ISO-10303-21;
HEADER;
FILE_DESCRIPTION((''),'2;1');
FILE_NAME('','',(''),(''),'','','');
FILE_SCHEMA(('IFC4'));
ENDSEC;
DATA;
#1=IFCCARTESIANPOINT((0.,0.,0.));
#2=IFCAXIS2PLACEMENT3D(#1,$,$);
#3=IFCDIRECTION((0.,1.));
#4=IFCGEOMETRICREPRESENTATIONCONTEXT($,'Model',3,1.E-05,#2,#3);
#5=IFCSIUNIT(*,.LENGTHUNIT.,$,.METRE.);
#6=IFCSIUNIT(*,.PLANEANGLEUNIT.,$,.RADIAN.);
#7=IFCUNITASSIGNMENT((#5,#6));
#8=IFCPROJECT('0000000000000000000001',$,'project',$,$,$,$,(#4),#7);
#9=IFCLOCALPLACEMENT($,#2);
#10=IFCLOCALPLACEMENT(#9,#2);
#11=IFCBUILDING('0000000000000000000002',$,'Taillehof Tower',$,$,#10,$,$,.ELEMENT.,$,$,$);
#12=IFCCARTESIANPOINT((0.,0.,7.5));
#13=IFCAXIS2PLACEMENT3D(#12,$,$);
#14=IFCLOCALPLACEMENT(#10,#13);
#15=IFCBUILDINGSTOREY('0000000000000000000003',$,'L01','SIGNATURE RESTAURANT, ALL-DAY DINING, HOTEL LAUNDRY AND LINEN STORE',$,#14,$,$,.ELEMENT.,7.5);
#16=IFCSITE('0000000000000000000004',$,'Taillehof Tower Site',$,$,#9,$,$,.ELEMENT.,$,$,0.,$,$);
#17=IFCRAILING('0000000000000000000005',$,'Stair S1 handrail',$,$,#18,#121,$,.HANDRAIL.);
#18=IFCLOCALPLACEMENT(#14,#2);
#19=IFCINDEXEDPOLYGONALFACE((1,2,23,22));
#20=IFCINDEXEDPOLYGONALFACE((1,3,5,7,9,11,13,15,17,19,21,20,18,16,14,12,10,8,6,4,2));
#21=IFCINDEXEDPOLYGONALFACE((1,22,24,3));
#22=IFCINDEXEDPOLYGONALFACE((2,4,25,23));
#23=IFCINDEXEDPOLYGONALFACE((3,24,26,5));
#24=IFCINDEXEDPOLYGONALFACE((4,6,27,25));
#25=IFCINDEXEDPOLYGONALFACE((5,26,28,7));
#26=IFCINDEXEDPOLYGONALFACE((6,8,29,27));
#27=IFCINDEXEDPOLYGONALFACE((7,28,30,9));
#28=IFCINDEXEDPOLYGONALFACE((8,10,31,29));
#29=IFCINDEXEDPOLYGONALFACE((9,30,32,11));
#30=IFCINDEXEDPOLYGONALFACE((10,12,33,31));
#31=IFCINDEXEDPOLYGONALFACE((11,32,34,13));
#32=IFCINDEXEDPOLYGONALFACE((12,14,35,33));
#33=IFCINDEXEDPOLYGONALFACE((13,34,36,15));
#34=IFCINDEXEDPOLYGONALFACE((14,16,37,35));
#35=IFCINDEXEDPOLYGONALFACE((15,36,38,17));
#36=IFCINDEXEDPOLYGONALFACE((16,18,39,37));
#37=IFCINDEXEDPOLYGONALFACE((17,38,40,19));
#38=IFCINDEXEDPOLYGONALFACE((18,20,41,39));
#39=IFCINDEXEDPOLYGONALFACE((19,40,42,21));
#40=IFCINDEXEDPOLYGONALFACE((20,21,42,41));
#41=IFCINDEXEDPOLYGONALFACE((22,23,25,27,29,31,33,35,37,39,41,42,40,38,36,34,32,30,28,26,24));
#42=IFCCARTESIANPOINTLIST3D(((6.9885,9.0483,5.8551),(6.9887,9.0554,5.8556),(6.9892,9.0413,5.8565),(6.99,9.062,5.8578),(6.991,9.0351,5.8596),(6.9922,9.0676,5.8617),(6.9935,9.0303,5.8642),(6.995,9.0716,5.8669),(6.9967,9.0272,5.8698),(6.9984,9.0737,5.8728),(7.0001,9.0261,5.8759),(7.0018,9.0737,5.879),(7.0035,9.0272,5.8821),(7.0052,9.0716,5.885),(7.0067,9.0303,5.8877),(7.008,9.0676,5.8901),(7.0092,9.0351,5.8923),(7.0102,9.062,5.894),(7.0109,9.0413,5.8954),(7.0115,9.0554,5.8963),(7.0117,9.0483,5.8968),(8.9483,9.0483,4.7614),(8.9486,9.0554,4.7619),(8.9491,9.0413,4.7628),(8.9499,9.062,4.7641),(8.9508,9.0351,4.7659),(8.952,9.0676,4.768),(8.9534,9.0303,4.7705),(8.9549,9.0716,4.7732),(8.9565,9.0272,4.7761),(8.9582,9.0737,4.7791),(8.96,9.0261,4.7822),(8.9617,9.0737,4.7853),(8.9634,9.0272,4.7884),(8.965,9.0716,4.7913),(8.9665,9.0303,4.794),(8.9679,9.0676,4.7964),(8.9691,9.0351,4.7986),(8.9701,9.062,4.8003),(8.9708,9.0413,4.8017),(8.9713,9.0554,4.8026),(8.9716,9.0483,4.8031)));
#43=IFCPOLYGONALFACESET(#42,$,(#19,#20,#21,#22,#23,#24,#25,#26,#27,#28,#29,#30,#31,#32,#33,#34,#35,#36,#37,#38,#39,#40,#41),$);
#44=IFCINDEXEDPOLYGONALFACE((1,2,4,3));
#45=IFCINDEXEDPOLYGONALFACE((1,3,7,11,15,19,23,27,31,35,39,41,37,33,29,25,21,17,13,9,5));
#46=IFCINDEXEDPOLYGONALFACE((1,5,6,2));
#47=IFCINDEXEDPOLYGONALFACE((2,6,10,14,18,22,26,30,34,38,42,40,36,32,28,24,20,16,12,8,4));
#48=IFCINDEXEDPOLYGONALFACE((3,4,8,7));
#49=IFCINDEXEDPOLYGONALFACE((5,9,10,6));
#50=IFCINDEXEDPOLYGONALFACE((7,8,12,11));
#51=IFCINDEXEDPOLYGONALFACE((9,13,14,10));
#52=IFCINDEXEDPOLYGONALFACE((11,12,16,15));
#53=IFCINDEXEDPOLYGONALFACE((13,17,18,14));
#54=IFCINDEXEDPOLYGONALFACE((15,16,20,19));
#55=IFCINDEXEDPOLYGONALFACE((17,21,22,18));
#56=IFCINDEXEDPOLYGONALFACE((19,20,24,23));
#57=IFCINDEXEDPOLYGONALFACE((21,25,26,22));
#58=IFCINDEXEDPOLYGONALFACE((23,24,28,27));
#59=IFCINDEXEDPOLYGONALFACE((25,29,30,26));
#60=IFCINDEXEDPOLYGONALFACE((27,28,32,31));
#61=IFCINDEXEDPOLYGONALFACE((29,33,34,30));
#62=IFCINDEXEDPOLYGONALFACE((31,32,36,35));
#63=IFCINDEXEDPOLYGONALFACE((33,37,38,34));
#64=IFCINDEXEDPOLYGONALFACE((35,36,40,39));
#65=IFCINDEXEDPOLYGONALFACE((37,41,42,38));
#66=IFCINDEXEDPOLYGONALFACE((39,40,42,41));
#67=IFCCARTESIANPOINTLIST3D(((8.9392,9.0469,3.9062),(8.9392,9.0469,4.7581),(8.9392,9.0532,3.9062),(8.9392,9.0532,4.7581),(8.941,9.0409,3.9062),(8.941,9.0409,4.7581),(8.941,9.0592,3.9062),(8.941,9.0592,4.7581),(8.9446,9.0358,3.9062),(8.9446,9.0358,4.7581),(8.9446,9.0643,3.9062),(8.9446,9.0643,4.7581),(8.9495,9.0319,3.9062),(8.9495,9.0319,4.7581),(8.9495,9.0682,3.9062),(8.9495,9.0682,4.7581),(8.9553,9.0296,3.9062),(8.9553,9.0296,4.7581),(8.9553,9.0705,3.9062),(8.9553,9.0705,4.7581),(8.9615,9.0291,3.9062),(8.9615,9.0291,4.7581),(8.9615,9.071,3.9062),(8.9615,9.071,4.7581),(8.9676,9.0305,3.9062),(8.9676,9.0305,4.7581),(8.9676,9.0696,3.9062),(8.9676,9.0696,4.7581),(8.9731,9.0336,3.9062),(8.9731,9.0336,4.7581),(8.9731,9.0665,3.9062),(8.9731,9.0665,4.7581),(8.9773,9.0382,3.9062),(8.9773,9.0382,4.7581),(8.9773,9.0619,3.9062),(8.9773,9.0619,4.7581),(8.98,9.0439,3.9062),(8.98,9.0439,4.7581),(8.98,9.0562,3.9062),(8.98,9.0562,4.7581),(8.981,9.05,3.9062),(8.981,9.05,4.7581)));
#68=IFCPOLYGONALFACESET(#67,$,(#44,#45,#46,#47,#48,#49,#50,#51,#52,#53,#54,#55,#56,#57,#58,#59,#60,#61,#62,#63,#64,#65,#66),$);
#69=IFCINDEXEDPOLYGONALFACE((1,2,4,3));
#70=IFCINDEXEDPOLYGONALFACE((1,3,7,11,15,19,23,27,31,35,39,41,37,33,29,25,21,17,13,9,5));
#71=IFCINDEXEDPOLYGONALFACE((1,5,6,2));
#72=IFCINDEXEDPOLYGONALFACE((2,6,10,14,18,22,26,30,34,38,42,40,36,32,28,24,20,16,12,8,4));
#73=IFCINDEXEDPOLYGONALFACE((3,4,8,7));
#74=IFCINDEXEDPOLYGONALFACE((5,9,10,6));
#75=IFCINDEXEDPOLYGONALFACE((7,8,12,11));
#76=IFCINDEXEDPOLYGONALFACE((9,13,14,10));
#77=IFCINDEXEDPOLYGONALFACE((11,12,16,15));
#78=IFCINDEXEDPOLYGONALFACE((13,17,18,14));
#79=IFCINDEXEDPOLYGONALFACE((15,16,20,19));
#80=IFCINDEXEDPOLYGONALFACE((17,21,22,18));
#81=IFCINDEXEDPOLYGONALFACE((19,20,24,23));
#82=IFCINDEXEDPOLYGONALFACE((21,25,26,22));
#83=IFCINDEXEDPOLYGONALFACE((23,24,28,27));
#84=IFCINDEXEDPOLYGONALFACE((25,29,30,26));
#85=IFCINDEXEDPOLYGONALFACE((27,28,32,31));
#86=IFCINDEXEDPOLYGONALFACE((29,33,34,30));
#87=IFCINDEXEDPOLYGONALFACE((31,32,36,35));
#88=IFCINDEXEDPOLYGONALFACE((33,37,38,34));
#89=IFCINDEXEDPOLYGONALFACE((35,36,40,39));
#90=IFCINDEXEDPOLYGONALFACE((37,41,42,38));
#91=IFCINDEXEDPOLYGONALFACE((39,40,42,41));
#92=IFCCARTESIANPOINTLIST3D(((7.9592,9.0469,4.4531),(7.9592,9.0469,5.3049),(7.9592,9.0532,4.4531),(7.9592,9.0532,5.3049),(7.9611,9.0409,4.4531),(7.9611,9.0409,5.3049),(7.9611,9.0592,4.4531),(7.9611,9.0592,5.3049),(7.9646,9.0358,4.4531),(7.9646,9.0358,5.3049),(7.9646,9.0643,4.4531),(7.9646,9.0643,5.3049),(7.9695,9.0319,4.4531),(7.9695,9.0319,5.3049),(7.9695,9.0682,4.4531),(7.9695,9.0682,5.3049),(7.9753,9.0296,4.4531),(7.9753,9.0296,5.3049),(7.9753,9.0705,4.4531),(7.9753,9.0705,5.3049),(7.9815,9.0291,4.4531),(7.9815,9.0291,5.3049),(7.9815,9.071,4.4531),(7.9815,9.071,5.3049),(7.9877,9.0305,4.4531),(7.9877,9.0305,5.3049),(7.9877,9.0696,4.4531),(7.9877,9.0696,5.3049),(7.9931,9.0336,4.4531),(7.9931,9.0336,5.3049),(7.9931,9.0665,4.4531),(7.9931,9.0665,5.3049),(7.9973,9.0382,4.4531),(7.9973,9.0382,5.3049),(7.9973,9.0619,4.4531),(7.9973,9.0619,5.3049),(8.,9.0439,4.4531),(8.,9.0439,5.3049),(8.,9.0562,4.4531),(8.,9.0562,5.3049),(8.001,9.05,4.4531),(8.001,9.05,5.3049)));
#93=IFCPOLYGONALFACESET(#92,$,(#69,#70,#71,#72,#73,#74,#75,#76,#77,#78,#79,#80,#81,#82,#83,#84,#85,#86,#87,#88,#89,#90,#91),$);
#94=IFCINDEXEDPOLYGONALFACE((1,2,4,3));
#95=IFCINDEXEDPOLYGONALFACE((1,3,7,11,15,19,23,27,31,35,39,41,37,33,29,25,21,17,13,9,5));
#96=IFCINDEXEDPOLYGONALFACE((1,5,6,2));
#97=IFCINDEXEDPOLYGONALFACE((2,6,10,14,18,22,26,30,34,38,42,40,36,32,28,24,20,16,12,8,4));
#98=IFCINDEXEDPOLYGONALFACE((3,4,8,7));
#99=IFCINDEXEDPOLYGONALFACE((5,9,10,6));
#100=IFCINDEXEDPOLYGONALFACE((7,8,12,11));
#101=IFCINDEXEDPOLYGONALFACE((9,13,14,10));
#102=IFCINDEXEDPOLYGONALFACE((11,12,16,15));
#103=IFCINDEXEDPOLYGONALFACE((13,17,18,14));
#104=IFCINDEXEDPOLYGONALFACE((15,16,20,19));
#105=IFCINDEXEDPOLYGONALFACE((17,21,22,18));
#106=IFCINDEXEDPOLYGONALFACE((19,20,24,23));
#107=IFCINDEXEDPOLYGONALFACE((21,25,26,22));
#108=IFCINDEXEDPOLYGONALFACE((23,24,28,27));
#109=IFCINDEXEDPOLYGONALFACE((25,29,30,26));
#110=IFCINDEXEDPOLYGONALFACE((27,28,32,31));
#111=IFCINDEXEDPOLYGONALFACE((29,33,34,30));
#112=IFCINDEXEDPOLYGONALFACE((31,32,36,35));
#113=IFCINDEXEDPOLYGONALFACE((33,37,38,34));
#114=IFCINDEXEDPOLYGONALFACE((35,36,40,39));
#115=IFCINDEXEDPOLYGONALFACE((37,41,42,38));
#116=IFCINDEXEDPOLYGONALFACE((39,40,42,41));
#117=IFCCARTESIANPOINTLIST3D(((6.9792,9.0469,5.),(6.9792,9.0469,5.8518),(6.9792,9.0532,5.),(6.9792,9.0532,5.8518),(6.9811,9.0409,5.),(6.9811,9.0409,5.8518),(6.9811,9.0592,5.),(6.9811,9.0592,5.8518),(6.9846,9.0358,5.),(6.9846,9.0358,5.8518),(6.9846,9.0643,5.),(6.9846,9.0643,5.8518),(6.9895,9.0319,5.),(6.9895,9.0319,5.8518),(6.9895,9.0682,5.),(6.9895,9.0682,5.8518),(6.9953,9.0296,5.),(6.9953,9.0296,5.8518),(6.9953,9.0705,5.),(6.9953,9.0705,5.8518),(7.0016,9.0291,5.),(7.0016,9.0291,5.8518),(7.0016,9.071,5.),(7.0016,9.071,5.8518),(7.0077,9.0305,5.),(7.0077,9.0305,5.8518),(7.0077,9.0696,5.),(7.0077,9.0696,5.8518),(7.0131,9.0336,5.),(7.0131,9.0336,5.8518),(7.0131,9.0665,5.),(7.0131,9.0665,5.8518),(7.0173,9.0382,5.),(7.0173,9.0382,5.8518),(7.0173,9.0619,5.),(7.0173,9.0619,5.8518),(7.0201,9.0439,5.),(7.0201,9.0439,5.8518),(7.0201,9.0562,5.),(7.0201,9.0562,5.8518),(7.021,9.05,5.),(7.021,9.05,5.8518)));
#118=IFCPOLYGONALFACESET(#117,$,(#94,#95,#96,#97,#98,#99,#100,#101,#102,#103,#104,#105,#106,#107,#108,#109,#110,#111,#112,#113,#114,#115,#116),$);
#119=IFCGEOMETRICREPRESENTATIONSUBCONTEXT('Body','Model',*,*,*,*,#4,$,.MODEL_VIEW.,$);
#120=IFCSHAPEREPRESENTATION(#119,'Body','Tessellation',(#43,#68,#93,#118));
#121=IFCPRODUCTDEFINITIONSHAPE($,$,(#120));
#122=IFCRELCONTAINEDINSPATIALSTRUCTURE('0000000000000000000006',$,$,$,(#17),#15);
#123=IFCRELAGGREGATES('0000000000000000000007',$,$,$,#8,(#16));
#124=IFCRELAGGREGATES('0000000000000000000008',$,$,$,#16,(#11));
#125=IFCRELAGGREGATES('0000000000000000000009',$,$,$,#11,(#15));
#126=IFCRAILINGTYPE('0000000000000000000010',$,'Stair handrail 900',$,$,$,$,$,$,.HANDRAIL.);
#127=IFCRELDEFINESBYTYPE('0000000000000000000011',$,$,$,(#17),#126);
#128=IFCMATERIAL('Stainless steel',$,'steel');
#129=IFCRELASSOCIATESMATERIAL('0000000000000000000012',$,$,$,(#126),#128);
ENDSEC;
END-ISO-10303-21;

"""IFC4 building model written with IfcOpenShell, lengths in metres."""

from ifc_helpers import new_model, si_unit, direction, frame, origin, origin_2d, place, context, subcontext, project, spatial, circle, extrude, material, type_object, element, save


model = new_model("IFC4")

# Units and contexts
model_context = context("Model", 3, precision=1e-05, world=origin(), true_north=direction((0.0, 1.0)))
body_context = subcontext(model_context, "Body", "Model", "MODEL_VIEW")
ifc_project = project(units=[si_unit("LENGTHUNIT", "METRE"), si_unit("PLANEANGLEUNIT", "RADIAN")], contexts=[model_context])

# Site, building, storey
site_placement = place(None, origin())
site = spatial("IfcSite", under=ifc_project, at=site_placement, Name="Taillehof Tower Site", CompositionType="ELEMENT", RefElevation=0.0)
building_placement = place(site_placement, origin())
building = spatial("IfcBuilding", under=site, at=building_placement, Name="Taillehof Tower", CompositionType="ELEMENT")
storey_placement = place(building_placement, frame((0.0, 0.0, 7.5)))
storey = spatial("IfcBuildingStorey", under=building, at=storey_placement, Name="L01", Description="SIGNATURE RESTAURANT, ALL-DAY DINING, HOTEL LAUNDRY AND LINEN STORE", CompositionType="ELEMENT", Elevation=7.5)

# Railing
ifc_material_1 = material(Name="Stainless steel", Category="steel")
railing_type_1 = type_object("IfcRailingType", Name="Stair handrail 900", PredefinedType="HANDRAIL", material=ifc_material_1)
railing_1_placement = place(storey_placement, frame((8.96, 9.05, 3.9062)))
element("IfcRailing", 1, at=railing_1_placement, inside=storey, type_object=railing_type_1, Name="Stair S1 handrail", PredefinedType="HANDRAIL", context=body_context, shape_type="SweptSolid", body=[
    extrude(circle(Radius=0.0239, at=origin_2d()), frame((0.0, 0.0, 0.876), z_axis=(-0.873232, 0.0, 0.487304), x_axis=(0.0, -1.0, 0.0)), (0.0, 0.0, 1.0), 2.2444),
    extrude(circle(Radius=0.021, at=origin_2d()), origin(), (0.0, 0.0, 1.0), 0.8518),
    extrude(circle(Radius=0.021, at=origin_2d()), frame((-0.98, 0.0, 0.5469)), (0.0, 0.0, 1.0), 0.8518),
    extrude(circle(Radius=0.021, at=origin_2d()), frame((-1.96, 0.0, 1.0938)), (0.0, 0.0, 1.0), 0.8518),
])

save(model, "model.ifc")
